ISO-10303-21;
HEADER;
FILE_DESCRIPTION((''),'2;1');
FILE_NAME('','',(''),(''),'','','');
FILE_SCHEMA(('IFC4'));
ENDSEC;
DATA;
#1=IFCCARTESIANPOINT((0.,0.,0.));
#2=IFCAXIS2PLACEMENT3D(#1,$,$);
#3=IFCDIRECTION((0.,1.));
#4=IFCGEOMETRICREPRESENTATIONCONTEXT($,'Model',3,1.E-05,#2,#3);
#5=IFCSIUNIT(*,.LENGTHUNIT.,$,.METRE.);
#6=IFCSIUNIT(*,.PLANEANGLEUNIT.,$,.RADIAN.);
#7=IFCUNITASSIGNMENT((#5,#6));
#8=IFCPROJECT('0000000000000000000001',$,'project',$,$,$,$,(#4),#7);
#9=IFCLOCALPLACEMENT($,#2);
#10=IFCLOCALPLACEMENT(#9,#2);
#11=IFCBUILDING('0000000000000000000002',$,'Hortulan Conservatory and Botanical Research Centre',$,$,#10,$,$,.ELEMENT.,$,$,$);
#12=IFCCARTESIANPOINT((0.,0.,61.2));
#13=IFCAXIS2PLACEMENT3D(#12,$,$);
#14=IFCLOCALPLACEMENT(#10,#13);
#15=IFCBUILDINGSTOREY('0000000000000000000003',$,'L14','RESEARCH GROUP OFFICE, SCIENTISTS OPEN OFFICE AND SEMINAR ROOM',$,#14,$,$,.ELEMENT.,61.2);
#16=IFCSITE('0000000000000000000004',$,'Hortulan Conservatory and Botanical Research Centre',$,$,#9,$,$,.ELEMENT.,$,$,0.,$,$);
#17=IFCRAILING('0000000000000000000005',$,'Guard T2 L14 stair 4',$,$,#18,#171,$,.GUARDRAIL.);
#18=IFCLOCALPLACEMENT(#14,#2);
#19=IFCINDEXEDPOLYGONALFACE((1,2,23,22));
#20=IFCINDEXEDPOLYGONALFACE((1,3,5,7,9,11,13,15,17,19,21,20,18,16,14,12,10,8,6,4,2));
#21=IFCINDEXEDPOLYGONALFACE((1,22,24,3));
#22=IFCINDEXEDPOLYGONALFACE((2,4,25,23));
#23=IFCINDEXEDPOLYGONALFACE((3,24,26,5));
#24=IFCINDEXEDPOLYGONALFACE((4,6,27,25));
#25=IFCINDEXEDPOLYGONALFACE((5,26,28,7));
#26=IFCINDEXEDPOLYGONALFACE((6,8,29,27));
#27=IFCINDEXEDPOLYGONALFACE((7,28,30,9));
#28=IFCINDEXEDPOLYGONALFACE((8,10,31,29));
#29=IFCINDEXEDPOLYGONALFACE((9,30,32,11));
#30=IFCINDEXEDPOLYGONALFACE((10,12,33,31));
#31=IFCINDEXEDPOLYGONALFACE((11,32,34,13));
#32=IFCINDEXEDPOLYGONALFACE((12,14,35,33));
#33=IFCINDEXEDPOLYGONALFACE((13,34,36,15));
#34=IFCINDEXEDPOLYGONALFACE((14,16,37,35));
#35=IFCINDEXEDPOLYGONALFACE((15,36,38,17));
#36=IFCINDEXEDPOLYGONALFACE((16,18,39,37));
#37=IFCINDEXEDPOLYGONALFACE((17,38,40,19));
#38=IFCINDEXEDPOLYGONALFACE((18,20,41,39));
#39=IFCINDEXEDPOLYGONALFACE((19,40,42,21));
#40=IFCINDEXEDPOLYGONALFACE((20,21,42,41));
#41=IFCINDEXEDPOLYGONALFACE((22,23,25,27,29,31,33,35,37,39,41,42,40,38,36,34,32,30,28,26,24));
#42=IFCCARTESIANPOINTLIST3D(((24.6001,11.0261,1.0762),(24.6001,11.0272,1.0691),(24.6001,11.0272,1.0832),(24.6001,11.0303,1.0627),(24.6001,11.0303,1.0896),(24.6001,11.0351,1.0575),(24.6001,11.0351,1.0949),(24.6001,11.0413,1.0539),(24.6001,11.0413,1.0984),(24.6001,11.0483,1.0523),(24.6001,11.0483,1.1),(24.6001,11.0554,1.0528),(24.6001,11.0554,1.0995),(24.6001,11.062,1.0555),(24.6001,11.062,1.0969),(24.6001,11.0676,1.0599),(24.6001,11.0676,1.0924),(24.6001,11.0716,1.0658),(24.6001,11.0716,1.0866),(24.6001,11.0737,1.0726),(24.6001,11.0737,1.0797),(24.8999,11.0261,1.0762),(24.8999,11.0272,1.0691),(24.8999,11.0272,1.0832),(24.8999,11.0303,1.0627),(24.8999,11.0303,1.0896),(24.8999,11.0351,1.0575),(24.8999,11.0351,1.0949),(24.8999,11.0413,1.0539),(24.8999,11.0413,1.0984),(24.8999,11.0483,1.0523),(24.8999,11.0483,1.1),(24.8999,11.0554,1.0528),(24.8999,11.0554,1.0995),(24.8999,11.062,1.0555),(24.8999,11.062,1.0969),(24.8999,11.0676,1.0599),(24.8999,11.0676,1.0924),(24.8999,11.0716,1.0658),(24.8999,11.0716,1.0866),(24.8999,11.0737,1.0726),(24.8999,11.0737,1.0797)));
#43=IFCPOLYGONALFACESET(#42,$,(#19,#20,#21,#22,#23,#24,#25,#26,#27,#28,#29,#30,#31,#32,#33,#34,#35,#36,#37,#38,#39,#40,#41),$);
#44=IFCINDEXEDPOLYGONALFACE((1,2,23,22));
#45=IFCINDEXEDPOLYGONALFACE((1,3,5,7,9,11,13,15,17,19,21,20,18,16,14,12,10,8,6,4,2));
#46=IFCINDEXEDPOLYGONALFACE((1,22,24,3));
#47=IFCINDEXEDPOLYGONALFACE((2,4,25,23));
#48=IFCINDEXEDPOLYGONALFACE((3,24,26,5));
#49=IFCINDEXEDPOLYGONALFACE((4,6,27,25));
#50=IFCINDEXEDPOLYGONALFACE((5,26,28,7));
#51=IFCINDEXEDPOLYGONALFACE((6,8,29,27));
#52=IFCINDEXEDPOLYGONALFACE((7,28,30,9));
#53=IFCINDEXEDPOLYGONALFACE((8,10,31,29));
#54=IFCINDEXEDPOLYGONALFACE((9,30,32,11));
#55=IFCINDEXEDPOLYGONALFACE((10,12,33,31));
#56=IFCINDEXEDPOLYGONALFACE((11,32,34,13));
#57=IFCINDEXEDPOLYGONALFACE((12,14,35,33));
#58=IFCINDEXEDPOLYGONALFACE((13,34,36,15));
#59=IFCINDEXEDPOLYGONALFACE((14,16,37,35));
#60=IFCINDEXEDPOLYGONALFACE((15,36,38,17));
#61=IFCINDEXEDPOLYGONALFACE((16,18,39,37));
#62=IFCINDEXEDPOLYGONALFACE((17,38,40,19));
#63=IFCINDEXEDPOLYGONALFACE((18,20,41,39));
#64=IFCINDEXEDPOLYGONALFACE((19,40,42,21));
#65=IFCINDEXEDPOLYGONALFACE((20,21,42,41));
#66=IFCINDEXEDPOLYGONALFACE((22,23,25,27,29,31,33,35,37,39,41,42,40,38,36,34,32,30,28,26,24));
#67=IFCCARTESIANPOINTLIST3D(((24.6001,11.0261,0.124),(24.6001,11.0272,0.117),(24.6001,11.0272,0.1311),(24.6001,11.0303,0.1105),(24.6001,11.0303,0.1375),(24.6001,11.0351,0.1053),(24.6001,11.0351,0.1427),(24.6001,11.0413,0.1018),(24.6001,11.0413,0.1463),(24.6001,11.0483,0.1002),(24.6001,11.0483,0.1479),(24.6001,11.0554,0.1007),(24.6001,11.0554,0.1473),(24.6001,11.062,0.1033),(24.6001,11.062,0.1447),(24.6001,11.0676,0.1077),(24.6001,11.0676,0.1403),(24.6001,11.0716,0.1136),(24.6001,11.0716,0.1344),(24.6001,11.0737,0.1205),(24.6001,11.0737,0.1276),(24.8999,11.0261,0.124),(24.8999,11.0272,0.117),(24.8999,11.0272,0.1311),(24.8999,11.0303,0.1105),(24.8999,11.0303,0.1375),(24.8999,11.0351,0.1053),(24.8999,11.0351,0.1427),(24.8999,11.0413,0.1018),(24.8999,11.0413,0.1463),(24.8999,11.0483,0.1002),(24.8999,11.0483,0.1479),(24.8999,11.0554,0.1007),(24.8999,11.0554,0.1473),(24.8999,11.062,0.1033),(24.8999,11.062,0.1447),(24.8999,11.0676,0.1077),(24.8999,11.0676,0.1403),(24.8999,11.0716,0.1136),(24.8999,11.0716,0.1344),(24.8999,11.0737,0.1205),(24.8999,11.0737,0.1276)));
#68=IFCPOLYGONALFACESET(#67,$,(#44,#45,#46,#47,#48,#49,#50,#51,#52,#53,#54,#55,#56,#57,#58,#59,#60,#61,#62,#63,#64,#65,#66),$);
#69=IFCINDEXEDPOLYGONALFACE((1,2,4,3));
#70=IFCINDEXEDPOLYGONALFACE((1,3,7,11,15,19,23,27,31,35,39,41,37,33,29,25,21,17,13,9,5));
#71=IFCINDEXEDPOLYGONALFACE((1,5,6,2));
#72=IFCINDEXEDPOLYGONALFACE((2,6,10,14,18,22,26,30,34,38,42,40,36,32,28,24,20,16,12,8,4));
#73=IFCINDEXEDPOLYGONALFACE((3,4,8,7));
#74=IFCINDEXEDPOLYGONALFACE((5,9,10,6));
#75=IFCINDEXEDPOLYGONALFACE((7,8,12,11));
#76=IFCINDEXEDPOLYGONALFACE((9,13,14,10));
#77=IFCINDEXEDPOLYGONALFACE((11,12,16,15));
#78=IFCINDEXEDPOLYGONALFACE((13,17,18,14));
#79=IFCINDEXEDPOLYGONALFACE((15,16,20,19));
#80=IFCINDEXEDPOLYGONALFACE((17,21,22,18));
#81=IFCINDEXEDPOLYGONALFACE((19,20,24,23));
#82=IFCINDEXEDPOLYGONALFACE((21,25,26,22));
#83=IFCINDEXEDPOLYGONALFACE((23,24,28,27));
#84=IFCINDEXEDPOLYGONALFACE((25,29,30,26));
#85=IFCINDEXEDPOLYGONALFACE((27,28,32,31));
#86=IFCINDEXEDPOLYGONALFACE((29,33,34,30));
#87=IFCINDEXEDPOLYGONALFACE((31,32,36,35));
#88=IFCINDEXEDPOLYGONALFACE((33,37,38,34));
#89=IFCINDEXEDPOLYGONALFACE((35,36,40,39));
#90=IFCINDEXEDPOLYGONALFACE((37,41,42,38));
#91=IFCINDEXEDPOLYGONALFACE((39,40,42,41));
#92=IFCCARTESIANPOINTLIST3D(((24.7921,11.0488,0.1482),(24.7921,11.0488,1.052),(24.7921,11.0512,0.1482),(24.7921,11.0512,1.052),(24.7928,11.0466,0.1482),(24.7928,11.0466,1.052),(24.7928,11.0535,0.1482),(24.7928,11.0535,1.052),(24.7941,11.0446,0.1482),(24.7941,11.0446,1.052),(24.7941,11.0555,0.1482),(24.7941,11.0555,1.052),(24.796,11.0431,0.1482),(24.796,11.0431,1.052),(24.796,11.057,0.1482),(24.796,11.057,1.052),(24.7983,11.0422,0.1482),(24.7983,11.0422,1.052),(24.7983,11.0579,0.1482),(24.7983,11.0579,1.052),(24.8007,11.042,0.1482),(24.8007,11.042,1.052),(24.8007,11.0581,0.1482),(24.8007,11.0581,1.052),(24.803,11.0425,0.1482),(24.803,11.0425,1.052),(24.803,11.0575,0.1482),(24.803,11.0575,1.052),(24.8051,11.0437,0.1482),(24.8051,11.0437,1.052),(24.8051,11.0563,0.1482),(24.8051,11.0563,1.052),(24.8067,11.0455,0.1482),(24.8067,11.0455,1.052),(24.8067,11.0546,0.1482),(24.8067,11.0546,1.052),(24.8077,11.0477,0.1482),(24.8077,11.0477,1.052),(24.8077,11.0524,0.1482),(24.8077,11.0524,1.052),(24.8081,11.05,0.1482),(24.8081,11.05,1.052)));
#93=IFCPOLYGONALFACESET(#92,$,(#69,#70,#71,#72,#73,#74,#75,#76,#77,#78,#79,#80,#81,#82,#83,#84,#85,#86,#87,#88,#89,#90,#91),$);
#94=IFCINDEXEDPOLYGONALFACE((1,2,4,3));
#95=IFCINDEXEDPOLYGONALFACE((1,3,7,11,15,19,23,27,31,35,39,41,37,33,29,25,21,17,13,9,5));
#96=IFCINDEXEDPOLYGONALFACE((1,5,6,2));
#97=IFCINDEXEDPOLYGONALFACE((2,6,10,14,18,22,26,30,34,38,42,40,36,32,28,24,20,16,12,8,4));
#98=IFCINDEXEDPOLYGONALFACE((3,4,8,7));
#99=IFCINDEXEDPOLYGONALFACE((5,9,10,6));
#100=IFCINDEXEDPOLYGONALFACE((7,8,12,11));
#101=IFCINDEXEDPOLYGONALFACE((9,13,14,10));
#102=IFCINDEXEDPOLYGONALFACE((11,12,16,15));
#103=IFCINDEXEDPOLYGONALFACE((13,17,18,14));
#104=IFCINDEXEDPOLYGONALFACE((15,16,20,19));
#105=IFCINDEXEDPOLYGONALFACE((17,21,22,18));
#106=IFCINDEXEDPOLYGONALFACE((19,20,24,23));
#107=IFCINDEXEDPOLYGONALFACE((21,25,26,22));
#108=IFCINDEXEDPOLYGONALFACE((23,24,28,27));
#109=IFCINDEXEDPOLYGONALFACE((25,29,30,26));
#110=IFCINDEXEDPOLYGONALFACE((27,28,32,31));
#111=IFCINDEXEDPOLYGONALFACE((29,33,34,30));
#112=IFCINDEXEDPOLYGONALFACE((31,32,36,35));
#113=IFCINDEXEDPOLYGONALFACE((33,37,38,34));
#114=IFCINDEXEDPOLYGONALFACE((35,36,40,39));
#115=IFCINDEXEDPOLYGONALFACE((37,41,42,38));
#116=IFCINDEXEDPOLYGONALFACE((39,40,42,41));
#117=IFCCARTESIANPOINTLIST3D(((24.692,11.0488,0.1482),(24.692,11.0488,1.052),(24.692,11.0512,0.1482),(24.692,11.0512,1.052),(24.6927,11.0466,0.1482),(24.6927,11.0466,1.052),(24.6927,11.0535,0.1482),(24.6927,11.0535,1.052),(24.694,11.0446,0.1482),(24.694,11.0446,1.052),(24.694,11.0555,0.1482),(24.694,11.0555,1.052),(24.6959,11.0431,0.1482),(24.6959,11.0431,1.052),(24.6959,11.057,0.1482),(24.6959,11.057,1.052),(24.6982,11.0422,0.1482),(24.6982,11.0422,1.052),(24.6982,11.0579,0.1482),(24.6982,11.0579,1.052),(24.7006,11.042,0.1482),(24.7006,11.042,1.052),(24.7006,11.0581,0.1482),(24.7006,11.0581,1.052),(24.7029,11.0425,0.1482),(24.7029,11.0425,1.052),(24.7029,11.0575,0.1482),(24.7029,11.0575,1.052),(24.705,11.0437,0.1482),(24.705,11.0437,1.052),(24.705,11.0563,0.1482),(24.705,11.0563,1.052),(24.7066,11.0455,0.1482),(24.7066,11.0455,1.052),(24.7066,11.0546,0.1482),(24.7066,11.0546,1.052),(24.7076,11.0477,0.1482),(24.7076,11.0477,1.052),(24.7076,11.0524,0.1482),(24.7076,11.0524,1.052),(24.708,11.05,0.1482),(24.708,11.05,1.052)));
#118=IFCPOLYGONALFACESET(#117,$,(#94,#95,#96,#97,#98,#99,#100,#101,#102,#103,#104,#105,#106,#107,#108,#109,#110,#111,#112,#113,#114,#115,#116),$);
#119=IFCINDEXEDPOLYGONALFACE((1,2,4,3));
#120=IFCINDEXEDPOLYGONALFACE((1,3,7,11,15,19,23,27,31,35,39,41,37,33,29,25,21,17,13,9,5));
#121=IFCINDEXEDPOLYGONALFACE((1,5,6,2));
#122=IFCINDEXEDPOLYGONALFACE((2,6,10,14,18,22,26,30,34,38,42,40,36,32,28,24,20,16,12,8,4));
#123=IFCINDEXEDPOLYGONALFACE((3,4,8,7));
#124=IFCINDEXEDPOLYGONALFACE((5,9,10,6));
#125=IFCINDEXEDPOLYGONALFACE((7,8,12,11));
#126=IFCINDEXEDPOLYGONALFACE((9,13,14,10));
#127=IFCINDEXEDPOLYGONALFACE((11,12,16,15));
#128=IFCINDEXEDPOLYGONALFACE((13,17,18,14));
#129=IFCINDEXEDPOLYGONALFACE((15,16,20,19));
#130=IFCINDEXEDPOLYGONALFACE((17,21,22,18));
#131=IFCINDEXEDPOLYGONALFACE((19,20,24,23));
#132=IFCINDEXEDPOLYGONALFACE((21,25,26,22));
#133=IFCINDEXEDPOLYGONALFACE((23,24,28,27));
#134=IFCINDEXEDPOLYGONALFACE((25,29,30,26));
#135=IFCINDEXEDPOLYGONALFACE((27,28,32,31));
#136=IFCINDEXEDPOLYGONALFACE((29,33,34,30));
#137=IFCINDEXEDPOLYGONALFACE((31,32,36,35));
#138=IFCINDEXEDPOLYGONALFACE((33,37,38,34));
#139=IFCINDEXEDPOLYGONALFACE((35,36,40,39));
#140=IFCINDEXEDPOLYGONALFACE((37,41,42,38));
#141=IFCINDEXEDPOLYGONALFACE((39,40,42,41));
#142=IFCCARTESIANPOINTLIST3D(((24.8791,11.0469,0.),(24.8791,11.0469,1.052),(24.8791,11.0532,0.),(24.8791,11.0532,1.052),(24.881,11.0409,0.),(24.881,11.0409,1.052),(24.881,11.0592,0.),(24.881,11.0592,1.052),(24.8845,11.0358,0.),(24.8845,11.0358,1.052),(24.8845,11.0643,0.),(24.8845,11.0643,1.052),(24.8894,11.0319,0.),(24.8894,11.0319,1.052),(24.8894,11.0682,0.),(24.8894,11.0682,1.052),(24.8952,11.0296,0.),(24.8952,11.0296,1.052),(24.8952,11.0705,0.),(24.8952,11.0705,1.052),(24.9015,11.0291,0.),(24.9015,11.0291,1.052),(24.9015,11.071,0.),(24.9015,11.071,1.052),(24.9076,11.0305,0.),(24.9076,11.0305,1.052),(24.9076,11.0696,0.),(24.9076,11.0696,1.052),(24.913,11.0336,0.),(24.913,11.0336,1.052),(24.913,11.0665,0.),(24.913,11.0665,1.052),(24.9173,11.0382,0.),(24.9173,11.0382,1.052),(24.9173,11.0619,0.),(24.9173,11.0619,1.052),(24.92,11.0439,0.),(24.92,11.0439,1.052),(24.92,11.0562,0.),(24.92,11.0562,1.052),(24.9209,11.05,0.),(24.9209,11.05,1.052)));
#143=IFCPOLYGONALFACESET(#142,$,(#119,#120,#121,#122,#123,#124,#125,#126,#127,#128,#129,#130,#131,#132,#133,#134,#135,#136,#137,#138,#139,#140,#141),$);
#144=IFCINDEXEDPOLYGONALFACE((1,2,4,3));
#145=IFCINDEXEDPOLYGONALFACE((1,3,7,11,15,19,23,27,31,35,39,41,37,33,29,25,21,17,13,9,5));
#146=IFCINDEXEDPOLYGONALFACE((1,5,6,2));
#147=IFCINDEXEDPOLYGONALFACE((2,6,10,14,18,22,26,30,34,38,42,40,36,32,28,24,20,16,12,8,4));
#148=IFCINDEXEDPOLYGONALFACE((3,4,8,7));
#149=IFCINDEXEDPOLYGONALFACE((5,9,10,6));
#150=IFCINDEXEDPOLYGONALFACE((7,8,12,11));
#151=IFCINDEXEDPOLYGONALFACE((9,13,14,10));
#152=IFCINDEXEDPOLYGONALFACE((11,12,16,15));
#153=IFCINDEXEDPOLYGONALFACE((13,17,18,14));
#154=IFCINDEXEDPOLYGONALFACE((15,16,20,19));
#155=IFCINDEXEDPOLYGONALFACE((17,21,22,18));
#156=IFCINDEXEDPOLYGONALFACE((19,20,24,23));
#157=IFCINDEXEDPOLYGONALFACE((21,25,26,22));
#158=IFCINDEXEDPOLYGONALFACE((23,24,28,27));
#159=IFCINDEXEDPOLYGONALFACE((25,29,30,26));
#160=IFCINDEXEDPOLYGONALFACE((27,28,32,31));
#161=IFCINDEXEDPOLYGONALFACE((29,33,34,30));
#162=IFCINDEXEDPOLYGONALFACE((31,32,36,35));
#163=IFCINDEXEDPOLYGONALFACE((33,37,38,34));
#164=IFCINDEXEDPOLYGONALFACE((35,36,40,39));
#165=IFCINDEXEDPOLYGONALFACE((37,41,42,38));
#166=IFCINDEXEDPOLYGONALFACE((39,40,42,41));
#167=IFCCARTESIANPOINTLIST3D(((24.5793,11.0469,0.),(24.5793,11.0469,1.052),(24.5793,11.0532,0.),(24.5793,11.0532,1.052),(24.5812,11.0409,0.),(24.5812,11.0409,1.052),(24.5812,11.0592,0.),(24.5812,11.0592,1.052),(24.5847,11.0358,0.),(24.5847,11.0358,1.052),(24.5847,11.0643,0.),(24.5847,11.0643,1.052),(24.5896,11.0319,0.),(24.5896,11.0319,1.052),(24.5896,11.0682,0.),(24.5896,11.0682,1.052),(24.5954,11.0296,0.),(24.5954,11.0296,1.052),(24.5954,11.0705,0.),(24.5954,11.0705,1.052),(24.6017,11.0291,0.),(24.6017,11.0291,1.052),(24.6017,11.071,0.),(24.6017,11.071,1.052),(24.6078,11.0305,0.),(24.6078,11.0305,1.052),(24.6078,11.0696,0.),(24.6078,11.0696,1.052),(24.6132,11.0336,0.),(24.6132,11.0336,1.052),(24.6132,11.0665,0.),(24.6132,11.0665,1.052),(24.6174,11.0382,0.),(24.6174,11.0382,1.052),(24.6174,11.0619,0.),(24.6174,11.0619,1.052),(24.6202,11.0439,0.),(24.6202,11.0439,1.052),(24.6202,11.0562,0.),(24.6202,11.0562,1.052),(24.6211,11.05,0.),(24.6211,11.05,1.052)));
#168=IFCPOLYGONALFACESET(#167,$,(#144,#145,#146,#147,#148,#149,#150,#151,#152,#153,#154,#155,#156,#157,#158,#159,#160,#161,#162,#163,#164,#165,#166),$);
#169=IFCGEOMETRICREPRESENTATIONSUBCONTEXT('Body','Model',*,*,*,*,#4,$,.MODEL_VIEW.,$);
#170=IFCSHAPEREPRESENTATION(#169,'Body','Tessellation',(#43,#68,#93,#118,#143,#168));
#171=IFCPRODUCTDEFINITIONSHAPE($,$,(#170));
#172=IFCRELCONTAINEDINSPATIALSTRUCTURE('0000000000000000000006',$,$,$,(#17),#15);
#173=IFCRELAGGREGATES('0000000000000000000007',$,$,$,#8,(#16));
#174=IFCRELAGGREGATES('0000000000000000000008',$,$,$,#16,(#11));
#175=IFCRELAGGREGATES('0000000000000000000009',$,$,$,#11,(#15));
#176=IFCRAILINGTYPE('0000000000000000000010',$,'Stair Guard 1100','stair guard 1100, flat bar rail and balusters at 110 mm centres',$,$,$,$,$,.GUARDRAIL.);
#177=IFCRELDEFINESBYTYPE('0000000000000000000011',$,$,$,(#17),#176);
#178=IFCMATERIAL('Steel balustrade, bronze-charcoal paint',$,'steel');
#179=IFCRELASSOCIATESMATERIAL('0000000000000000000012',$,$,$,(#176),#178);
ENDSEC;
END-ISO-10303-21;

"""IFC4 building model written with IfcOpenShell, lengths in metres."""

from ifc_helpers import new_model, si_unit, direction, frame, origin, origin_2d, place, context, subcontext, project, spatial, circle, extrude, material, type_object, element, save


model = new_model("IFC4")

# Units and contexts
model_context = context("Model", 3, precision=1e-05, world=origin(), true_north=direction((0.0, 1.0)))
body_context = subcontext(model_context, "Body", "Model", "MODEL_VIEW")
ifc_project = project(units=[si_unit("LENGTHUNIT", "METRE"), si_unit("PLANEANGLEUNIT", "RADIAN")], contexts=[model_context])

# Site, building, storey
site_placement = place(None, origin())
site = spatial("IfcSite", under=ifc_project, at=site_placement, Name="Hortulan Conservatory and Botanical Research Centre", CompositionType="ELEMENT", RefElevation=0.0)
building_placement = place(site_placement, origin())
building = spatial("IfcBuilding", under=site, at=building_placement, Name="Hortulan Conservatory and Botanical Research Centre", CompositionType="ELEMENT")
storey_placement = place(building_placement, frame((0.0, 0.0, 61.2)))
storey = spatial("IfcBuildingStorey", under=building, at=storey_placement, Name="L14", Description="RESEARCH GROUP OFFICE, SCIENTISTS OPEN OFFICE AND SEMINAR ROOM", CompositionType="ELEMENT", Elevation=61.2)

# Railing
ifc_material_1 = material(Name="Steel balustrade, bronze-charcoal paint", Category="steel")
railing_type_1 = type_object("IfcRailingType", Name="Stair Guard 1100", Description="stair guard 1100, flat bar rail and balusters at 110 mm centres", PredefinedType="GUARDRAIL", material=ifc_material_1)
railing_1_placement = place(storey_placement, frame((24.8999, 11.05, 0.0)))
element("IfcRailing", 1, at=railing_1_placement, inside=storey, type_object=railing_type_1, Name="Guard T2 L14 stair 4", PredefinedType="GUARDRAIL", context=body_context, shape_type="SweptSolid", body=[
    extrude(circle(Radius=0.0239, at=origin_2d()), frame((0.0, 0.0, 1.0762), z_axis=(-1.0, 0.0, 0.0), x_axis=(0.0, -1.0, 0.0)), (0.0, 0.0, 1.0), 0.2998),
    extrude(circle(Radius=0.0239, at=origin_2d()), frame((0.0, 0.0, 0.124), z_axis=(-1.0, 0.0, 0.0), x_axis=(0.0, -1.0, 0.0)), (0.0, 0.0, 1.0), 0.2998),
    extrude(circle(Radius=0.0081, at=origin_2d()), frame((-0.0999, 0.0, 0.1482)), (0.0, 0.0, 1.0), 0.9038),
    extrude(circle(Radius=0.0081, at=origin_2d()), frame((-0.2, 0.0, 0.1482)), (0.0, 0.0, 1.0), 0.9038),
    extrude(circle(Radius=0.021, at=origin_2d()), origin(), (0.0, 0.0, 1.0), 1.052),
    extrude(circle(Radius=0.021, at=origin_2d()), frame((-0.2998, 0.0, 0.0)), (0.0, 0.0, 1.0), 1.052),
])

save(model, "model.ifc")
